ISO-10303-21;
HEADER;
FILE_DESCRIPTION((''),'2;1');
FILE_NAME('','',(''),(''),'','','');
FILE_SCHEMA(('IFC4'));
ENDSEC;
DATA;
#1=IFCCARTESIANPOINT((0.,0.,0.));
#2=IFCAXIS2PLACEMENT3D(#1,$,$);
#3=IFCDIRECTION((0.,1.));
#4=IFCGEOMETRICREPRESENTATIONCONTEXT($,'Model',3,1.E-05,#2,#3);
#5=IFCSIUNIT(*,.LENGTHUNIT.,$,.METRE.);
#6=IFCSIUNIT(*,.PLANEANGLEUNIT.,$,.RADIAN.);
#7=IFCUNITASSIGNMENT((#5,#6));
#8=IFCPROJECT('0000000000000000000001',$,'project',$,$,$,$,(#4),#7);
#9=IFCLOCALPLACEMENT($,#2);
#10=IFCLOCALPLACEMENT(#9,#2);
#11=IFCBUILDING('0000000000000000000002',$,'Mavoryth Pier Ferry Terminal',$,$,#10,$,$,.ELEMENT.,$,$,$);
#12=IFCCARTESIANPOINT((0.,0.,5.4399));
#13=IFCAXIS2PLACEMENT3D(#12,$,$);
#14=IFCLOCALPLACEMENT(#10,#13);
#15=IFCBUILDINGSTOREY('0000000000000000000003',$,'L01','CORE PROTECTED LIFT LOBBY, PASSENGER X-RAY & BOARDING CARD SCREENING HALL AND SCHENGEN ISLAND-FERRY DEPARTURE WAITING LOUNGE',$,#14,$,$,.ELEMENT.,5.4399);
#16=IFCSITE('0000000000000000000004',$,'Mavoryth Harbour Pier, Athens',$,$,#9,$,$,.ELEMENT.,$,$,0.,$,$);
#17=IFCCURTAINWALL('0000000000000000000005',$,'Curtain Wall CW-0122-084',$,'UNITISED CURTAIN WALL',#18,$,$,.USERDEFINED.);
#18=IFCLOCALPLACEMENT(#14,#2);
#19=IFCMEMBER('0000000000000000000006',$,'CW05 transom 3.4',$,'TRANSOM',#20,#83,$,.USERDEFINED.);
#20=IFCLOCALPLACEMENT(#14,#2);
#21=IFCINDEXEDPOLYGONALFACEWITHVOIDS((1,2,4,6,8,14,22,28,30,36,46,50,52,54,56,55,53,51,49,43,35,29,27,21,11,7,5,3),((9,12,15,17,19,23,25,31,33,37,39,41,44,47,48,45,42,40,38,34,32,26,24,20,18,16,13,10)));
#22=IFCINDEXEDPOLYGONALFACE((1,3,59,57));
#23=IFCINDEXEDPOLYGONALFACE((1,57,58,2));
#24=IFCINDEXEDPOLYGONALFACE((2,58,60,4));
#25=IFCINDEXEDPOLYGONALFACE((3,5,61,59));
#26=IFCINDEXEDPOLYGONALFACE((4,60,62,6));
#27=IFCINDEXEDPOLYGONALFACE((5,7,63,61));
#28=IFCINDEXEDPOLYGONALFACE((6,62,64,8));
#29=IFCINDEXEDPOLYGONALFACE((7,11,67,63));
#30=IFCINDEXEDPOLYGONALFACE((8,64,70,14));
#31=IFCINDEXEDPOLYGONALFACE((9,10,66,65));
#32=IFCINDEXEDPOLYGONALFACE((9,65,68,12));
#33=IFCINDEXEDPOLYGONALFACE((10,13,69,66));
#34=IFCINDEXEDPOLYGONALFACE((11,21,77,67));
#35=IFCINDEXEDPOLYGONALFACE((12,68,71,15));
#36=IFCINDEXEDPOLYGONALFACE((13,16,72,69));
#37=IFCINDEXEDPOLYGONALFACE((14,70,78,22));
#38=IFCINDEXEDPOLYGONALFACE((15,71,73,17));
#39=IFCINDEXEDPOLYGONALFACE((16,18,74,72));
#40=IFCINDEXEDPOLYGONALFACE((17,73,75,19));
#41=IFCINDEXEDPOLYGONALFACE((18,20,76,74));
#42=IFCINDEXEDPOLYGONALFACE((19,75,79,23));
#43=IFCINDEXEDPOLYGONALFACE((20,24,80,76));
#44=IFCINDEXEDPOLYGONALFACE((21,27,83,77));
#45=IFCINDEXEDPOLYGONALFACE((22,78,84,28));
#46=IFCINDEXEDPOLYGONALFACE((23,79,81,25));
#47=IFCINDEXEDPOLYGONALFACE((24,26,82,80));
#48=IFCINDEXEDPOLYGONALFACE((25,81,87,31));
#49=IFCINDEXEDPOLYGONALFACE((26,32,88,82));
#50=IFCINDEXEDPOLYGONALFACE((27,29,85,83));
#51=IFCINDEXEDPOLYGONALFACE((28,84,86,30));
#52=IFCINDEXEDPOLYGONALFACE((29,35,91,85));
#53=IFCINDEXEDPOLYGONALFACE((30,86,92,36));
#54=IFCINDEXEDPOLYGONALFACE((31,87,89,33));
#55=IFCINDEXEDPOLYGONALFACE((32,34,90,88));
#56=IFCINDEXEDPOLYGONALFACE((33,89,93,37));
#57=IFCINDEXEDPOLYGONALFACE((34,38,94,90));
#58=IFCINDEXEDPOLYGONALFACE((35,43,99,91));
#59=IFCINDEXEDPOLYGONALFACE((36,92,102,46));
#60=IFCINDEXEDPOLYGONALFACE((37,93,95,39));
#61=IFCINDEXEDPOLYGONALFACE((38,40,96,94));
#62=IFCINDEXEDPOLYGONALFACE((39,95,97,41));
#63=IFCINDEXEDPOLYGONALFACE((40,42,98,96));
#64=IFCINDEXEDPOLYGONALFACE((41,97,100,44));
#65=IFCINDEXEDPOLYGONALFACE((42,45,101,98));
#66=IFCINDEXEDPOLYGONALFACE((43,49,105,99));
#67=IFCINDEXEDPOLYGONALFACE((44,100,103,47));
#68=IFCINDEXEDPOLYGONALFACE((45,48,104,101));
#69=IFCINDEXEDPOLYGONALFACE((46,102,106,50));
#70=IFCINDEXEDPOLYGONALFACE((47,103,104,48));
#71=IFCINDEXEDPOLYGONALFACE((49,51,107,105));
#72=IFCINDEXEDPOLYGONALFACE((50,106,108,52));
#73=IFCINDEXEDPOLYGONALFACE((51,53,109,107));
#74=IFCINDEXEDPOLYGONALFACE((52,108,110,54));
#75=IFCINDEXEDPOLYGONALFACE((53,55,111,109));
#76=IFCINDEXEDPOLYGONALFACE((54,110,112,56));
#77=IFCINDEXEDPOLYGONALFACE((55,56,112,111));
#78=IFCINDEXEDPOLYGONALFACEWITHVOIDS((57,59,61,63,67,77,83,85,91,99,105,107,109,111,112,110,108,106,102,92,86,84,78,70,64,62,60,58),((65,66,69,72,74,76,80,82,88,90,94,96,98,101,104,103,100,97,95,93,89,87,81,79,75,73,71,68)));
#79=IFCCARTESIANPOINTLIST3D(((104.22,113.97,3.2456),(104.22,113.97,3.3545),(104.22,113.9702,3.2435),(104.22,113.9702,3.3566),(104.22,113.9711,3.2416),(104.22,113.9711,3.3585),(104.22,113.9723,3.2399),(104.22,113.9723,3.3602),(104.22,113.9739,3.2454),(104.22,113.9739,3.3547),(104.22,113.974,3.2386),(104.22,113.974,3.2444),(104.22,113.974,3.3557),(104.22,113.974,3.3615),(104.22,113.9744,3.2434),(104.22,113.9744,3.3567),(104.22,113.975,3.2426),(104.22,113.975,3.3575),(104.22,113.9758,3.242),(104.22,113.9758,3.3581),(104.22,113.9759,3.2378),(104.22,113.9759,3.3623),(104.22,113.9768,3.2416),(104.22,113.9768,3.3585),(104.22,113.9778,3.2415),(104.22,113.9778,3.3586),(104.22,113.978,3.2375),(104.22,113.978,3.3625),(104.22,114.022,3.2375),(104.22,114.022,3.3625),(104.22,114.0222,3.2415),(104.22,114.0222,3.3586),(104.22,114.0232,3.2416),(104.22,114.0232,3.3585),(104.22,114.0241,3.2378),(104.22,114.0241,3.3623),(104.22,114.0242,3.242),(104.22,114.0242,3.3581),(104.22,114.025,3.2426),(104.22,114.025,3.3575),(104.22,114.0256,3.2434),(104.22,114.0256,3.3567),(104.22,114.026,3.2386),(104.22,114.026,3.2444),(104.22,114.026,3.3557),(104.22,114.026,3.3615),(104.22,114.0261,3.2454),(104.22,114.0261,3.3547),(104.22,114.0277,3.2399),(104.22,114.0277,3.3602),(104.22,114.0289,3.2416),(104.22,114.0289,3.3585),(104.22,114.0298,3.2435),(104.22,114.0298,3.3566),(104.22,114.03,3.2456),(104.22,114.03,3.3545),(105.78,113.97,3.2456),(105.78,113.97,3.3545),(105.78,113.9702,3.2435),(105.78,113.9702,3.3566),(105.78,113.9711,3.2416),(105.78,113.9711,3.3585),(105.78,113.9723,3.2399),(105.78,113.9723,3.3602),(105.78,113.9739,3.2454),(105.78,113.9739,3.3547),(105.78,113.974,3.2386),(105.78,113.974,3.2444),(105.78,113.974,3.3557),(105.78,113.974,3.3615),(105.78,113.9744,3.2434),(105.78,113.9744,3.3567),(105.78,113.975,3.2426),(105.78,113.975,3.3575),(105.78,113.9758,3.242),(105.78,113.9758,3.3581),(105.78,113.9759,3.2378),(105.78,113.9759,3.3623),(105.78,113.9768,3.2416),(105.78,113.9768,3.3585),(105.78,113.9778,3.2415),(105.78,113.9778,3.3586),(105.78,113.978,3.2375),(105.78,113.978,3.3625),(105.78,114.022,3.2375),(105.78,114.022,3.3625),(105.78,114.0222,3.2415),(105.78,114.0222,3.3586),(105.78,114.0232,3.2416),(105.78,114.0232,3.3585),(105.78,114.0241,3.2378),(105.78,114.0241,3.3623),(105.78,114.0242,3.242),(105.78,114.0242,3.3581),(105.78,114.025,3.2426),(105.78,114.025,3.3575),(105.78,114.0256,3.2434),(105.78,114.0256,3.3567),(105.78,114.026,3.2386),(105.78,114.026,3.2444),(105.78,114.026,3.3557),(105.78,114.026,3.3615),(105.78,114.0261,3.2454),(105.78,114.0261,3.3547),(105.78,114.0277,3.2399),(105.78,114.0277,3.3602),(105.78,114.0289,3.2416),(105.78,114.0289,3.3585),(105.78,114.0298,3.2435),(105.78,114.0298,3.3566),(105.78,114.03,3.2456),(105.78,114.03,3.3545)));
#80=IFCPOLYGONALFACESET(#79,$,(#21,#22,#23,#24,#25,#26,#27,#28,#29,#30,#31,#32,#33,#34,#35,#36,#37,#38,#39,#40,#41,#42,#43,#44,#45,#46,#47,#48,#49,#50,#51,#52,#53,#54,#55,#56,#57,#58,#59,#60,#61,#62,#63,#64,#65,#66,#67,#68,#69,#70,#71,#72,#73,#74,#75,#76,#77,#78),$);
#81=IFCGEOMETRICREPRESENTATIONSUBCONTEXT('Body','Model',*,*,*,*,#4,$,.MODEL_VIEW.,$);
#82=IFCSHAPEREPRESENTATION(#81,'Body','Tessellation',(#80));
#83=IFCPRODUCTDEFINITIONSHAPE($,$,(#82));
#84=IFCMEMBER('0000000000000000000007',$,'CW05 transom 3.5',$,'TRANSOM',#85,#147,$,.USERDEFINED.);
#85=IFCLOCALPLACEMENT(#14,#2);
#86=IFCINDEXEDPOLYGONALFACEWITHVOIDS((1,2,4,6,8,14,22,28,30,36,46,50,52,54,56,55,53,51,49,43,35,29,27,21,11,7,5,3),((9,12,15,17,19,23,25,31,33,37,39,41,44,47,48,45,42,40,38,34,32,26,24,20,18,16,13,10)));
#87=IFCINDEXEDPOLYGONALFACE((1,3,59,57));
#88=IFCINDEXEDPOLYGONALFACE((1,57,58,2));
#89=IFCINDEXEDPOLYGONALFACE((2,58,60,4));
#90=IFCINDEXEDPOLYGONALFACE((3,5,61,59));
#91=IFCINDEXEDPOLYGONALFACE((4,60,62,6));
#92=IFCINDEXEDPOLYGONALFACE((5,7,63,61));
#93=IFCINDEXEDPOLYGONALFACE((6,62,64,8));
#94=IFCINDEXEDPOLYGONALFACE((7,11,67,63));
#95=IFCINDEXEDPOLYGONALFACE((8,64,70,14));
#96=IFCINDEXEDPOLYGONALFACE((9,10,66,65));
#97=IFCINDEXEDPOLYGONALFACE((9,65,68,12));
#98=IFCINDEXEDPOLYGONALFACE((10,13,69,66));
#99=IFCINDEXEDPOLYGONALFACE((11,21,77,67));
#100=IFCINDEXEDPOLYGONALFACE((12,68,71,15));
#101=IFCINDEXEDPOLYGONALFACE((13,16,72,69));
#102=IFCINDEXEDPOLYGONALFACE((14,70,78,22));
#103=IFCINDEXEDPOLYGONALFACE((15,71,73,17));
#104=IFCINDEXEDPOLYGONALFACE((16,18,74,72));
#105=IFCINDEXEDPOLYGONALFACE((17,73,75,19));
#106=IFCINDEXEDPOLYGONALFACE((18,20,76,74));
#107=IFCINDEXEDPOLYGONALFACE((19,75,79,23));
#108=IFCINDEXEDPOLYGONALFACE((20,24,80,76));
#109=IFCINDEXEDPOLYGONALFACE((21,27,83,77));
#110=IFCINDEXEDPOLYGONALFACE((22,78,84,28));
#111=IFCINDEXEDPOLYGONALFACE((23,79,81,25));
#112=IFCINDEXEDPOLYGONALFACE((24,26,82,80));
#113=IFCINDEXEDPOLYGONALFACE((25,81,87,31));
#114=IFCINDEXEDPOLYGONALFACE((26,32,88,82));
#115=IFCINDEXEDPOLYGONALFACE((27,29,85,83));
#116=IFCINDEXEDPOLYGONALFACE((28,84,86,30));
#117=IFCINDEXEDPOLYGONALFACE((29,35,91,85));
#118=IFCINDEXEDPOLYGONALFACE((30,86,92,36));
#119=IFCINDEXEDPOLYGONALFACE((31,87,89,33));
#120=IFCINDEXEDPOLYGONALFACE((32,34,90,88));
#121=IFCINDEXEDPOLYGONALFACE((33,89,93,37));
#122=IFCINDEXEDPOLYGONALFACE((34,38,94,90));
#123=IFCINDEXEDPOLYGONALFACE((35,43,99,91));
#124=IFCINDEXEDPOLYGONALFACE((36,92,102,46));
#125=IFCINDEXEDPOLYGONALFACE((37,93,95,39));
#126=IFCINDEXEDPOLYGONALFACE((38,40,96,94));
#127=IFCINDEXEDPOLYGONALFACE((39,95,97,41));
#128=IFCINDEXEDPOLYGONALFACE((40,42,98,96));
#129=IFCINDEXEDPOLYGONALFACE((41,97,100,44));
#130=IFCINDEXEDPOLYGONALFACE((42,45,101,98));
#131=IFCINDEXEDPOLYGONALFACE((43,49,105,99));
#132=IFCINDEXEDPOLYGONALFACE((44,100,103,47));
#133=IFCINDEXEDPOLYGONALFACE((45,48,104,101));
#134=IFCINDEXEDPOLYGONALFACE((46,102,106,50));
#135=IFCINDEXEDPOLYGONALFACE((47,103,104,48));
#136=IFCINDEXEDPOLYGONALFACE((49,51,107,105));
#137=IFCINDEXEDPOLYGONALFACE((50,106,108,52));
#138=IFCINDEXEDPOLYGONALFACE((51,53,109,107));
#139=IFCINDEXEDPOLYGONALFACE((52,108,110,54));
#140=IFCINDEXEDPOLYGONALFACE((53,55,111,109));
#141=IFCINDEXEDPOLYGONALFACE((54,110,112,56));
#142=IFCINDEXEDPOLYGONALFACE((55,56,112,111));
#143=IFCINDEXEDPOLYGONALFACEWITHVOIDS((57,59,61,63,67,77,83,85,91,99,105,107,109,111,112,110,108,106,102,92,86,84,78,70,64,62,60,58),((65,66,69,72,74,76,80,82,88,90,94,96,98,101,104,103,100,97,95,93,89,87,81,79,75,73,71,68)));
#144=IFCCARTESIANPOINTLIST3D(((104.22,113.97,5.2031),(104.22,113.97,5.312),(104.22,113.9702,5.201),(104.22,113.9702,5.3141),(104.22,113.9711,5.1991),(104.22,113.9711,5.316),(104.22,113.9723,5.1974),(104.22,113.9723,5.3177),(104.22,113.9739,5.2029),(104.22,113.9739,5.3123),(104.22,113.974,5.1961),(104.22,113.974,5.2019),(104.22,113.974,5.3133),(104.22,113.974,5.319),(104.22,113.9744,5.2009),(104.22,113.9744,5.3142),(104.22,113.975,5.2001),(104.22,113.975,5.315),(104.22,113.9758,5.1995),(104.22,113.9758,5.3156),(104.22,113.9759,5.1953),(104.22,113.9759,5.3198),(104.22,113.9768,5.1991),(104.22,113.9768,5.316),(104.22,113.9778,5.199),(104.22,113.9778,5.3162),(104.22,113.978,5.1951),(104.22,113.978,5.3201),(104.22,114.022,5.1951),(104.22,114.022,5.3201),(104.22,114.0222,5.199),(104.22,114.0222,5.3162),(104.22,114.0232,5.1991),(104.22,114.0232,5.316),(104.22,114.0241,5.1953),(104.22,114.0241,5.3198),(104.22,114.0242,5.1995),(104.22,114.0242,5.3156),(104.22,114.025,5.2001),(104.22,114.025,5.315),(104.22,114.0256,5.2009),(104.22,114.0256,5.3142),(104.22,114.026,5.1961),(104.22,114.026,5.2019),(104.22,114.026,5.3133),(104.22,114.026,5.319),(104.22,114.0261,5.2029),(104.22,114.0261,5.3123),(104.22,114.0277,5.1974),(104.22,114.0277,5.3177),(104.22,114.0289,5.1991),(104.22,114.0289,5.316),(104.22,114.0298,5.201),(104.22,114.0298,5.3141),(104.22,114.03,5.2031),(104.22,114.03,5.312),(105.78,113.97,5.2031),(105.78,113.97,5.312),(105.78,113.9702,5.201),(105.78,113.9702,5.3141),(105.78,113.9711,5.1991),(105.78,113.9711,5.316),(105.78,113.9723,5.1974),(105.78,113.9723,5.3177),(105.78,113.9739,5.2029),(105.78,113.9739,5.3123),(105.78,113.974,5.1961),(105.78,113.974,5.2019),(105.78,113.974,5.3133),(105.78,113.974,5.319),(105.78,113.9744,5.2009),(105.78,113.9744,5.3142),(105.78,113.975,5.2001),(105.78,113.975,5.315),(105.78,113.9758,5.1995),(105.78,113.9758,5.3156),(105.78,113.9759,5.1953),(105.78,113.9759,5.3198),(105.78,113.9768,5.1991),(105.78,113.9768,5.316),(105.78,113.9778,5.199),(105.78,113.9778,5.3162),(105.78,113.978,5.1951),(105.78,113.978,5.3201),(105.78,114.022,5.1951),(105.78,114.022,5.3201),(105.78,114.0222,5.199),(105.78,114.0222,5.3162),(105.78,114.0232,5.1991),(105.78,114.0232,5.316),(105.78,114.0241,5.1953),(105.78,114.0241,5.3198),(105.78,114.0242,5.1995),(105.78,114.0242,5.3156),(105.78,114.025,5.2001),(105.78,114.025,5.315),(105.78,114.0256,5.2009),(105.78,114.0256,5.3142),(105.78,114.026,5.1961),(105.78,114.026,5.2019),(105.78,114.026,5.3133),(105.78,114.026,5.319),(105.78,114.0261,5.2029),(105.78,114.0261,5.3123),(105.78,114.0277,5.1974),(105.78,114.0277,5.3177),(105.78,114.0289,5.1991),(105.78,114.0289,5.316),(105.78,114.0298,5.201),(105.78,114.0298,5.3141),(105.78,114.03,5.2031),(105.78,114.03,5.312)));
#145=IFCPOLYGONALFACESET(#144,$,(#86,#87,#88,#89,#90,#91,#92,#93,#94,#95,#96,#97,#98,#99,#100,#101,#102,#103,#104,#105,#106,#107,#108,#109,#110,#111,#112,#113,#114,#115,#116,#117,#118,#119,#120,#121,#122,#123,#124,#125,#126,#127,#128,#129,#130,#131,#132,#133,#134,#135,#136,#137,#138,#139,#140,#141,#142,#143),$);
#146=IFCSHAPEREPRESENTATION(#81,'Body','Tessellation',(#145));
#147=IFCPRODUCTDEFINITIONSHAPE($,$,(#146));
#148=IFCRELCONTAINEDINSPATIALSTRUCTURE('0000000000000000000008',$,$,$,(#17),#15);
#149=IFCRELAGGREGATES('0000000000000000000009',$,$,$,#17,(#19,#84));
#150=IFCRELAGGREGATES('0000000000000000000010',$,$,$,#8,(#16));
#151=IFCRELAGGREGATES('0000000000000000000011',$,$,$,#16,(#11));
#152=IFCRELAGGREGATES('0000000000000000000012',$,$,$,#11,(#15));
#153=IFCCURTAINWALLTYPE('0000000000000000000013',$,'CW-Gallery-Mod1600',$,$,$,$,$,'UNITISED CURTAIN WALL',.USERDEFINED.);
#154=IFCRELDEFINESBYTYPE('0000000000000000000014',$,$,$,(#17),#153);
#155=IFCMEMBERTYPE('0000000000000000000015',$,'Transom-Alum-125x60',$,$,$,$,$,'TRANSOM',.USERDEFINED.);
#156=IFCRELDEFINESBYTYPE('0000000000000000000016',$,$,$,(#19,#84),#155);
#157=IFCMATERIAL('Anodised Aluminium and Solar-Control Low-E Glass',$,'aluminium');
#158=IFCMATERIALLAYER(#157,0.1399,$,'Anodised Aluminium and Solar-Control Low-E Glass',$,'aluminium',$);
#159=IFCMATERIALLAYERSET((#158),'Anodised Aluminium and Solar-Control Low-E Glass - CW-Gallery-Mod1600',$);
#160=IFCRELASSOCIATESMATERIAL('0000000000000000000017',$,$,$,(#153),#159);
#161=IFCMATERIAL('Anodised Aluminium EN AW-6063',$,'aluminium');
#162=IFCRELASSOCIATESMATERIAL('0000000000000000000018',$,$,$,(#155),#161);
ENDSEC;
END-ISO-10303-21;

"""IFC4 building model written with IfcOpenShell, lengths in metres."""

from ifc_helpers import new_model, si_unit, direction, frame, origin, origin_2d, place, context, subcontext, project, spatial, hollow_rectangle, extrude, material, layer, layer_set, material_profile, profile_set, type_object, element, aggregate, save


model = new_model("IFC4")

# Units and contexts
model_context = context("Model", 3, precision=1e-05, world=origin(), true_north=direction((0.0, 1.0)))
body_context = subcontext(model_context, "Body", "Model", "MODEL_VIEW")
ifc_project = project(units=[si_unit("LENGTHUNIT", "METRE"), si_unit("PLANEANGLEUNIT", "RADIAN")], contexts=[model_context])

# Site, building, storey
site_placement = place(None, origin())
site = spatial("IfcSite", under=ifc_project, at=site_placement, Name="Mavoryth Harbour Pier, Athens", CompositionType="ELEMENT", RefElevation=0.0)
building_placement = place(site_placement, origin())
building = spatial("IfcBuilding", under=site, at=building_placement, Name="Mavoryth Pier Ferry Terminal", CompositionType="ELEMENT")
storey_placement = place(building_placement, frame((0.0, 0.0, 5.4399)))
storey = spatial("IfcBuildingStorey", under=building, at=storey_placement, Name="L01", Description="CORE PROTECTED LIFT LOBBY, PASSENGER X-RAY & BOARDING CARD SCREENING HALL AND SCHENGEN ISLAND-FERRY DEPARTURE WAITING LOUNGE", CompositionType="ELEMENT", Elevation=5.4399)

# Curtain wall
ifc_material_1 = material(Name="Anodised Aluminium and Solar-Control Low-E Glass", Category="aluminium")
ifc_layer_1 = layer(ifc_material_1, 0.1399, Name="Anodised Aluminium and Solar-Control Low-E Glass", Category="aluminium")
ifc_layer_set_1 = layer_set([ifc_layer_1], Name="Anodised Aluminium and Solar-Control Low-E Glass - CW-Gallery-Mod1600")
curtain_wall_type = type_object("IfcCurtainWallType", Name="CW-Gallery-Mod1600", ElementType="UNITISED CURTAIN WALL", PredefinedType="USERDEFINED", material=ifc_layer_set_1)
curtain_wall_placement = place(storey_placement, origin())
curtain_wall = element("IfcCurtainWall", 1, at=curtain_wall_placement, inside=storey, type_object=curtain_wall_type, Name="Curtain Wall CW-0122-084", ObjectType="UNITISED CURTAIN WALL", PredefinedType="USERDEFINED")
ifc_material_2 = material(Name="Anodised Aluminium EN AW-6063", Category="aluminium")

# Members
ifc_material_profile_1 = material_profile(ifc_material_2, hollow_rectangle(XDim=0.0601, YDim=0.125, WallThickness=0.0039, InnerFilletRadius=0.0039, OuterFilletRadius=0.0081, at=origin_2d()), Name="AL-TRAN 125x60x4", Category="aluminium")
ifc_profile_set_1 = profile_set([ifc_material_profile_1], Name="Anodised Aluminium EN AW-6063 - AL-TRAN 125x60x4")
member_type_1 = type_object("IfcMemberType", Name="Transom-Alum-125x60", ElementType="TRANSOM", PredefinedType="USERDEFINED", material=ifc_profile_set_1)
member_1_placement = place(storey_placement, frame((105.78, 114.0, 3.3), z_axis=(-1.0, 0.0, 0.0), x_axis=(0.0, -1.0, 0.0)))
member_1 = element("IfcMember", 2, at=member_1_placement, type_object=member_type_1, Name="CW05 transom 3.4", ObjectType="TRANSOM", PredefinedType="USERDEFINED", context=body_context, shape_type="SweptSolid", body=[
    extrude(hollow_rectangle(XDim=0.0601, YDim=0.125, WallThickness=0.0039, InnerFilletRadius=0.0039, OuterFilletRadius=0.0081, at=origin_2d()), origin(), (0.0, 0.0, 1.0), 1.5601),
])
member_2_placement = place(storey_placement, frame((105.78, 114.0, 5.2576), z_axis=(-1.0, 0.0, 0.0), x_axis=(0.0, -1.0, 0.0)))
member_2 = element("IfcMember", 3, at=member_2_placement, type_object=member_type_1, Name="CW05 transom 3.5", ObjectType="TRANSOM", PredefinedType="USERDEFINED", context=body_context, shape_type="SweptSolid", body=[
    extrude(hollow_rectangle(XDim=0.0601, YDim=0.125, WallThickness=0.0039, InnerFilletRadius=0.0039, OuterFilletRadius=0.0081, at=origin_2d()), origin(), (0.0, 0.0, 1.0), 1.5601),
])

aggregate(curtain_wall, [member_1, member_2])

save(model, "model.ifc")
